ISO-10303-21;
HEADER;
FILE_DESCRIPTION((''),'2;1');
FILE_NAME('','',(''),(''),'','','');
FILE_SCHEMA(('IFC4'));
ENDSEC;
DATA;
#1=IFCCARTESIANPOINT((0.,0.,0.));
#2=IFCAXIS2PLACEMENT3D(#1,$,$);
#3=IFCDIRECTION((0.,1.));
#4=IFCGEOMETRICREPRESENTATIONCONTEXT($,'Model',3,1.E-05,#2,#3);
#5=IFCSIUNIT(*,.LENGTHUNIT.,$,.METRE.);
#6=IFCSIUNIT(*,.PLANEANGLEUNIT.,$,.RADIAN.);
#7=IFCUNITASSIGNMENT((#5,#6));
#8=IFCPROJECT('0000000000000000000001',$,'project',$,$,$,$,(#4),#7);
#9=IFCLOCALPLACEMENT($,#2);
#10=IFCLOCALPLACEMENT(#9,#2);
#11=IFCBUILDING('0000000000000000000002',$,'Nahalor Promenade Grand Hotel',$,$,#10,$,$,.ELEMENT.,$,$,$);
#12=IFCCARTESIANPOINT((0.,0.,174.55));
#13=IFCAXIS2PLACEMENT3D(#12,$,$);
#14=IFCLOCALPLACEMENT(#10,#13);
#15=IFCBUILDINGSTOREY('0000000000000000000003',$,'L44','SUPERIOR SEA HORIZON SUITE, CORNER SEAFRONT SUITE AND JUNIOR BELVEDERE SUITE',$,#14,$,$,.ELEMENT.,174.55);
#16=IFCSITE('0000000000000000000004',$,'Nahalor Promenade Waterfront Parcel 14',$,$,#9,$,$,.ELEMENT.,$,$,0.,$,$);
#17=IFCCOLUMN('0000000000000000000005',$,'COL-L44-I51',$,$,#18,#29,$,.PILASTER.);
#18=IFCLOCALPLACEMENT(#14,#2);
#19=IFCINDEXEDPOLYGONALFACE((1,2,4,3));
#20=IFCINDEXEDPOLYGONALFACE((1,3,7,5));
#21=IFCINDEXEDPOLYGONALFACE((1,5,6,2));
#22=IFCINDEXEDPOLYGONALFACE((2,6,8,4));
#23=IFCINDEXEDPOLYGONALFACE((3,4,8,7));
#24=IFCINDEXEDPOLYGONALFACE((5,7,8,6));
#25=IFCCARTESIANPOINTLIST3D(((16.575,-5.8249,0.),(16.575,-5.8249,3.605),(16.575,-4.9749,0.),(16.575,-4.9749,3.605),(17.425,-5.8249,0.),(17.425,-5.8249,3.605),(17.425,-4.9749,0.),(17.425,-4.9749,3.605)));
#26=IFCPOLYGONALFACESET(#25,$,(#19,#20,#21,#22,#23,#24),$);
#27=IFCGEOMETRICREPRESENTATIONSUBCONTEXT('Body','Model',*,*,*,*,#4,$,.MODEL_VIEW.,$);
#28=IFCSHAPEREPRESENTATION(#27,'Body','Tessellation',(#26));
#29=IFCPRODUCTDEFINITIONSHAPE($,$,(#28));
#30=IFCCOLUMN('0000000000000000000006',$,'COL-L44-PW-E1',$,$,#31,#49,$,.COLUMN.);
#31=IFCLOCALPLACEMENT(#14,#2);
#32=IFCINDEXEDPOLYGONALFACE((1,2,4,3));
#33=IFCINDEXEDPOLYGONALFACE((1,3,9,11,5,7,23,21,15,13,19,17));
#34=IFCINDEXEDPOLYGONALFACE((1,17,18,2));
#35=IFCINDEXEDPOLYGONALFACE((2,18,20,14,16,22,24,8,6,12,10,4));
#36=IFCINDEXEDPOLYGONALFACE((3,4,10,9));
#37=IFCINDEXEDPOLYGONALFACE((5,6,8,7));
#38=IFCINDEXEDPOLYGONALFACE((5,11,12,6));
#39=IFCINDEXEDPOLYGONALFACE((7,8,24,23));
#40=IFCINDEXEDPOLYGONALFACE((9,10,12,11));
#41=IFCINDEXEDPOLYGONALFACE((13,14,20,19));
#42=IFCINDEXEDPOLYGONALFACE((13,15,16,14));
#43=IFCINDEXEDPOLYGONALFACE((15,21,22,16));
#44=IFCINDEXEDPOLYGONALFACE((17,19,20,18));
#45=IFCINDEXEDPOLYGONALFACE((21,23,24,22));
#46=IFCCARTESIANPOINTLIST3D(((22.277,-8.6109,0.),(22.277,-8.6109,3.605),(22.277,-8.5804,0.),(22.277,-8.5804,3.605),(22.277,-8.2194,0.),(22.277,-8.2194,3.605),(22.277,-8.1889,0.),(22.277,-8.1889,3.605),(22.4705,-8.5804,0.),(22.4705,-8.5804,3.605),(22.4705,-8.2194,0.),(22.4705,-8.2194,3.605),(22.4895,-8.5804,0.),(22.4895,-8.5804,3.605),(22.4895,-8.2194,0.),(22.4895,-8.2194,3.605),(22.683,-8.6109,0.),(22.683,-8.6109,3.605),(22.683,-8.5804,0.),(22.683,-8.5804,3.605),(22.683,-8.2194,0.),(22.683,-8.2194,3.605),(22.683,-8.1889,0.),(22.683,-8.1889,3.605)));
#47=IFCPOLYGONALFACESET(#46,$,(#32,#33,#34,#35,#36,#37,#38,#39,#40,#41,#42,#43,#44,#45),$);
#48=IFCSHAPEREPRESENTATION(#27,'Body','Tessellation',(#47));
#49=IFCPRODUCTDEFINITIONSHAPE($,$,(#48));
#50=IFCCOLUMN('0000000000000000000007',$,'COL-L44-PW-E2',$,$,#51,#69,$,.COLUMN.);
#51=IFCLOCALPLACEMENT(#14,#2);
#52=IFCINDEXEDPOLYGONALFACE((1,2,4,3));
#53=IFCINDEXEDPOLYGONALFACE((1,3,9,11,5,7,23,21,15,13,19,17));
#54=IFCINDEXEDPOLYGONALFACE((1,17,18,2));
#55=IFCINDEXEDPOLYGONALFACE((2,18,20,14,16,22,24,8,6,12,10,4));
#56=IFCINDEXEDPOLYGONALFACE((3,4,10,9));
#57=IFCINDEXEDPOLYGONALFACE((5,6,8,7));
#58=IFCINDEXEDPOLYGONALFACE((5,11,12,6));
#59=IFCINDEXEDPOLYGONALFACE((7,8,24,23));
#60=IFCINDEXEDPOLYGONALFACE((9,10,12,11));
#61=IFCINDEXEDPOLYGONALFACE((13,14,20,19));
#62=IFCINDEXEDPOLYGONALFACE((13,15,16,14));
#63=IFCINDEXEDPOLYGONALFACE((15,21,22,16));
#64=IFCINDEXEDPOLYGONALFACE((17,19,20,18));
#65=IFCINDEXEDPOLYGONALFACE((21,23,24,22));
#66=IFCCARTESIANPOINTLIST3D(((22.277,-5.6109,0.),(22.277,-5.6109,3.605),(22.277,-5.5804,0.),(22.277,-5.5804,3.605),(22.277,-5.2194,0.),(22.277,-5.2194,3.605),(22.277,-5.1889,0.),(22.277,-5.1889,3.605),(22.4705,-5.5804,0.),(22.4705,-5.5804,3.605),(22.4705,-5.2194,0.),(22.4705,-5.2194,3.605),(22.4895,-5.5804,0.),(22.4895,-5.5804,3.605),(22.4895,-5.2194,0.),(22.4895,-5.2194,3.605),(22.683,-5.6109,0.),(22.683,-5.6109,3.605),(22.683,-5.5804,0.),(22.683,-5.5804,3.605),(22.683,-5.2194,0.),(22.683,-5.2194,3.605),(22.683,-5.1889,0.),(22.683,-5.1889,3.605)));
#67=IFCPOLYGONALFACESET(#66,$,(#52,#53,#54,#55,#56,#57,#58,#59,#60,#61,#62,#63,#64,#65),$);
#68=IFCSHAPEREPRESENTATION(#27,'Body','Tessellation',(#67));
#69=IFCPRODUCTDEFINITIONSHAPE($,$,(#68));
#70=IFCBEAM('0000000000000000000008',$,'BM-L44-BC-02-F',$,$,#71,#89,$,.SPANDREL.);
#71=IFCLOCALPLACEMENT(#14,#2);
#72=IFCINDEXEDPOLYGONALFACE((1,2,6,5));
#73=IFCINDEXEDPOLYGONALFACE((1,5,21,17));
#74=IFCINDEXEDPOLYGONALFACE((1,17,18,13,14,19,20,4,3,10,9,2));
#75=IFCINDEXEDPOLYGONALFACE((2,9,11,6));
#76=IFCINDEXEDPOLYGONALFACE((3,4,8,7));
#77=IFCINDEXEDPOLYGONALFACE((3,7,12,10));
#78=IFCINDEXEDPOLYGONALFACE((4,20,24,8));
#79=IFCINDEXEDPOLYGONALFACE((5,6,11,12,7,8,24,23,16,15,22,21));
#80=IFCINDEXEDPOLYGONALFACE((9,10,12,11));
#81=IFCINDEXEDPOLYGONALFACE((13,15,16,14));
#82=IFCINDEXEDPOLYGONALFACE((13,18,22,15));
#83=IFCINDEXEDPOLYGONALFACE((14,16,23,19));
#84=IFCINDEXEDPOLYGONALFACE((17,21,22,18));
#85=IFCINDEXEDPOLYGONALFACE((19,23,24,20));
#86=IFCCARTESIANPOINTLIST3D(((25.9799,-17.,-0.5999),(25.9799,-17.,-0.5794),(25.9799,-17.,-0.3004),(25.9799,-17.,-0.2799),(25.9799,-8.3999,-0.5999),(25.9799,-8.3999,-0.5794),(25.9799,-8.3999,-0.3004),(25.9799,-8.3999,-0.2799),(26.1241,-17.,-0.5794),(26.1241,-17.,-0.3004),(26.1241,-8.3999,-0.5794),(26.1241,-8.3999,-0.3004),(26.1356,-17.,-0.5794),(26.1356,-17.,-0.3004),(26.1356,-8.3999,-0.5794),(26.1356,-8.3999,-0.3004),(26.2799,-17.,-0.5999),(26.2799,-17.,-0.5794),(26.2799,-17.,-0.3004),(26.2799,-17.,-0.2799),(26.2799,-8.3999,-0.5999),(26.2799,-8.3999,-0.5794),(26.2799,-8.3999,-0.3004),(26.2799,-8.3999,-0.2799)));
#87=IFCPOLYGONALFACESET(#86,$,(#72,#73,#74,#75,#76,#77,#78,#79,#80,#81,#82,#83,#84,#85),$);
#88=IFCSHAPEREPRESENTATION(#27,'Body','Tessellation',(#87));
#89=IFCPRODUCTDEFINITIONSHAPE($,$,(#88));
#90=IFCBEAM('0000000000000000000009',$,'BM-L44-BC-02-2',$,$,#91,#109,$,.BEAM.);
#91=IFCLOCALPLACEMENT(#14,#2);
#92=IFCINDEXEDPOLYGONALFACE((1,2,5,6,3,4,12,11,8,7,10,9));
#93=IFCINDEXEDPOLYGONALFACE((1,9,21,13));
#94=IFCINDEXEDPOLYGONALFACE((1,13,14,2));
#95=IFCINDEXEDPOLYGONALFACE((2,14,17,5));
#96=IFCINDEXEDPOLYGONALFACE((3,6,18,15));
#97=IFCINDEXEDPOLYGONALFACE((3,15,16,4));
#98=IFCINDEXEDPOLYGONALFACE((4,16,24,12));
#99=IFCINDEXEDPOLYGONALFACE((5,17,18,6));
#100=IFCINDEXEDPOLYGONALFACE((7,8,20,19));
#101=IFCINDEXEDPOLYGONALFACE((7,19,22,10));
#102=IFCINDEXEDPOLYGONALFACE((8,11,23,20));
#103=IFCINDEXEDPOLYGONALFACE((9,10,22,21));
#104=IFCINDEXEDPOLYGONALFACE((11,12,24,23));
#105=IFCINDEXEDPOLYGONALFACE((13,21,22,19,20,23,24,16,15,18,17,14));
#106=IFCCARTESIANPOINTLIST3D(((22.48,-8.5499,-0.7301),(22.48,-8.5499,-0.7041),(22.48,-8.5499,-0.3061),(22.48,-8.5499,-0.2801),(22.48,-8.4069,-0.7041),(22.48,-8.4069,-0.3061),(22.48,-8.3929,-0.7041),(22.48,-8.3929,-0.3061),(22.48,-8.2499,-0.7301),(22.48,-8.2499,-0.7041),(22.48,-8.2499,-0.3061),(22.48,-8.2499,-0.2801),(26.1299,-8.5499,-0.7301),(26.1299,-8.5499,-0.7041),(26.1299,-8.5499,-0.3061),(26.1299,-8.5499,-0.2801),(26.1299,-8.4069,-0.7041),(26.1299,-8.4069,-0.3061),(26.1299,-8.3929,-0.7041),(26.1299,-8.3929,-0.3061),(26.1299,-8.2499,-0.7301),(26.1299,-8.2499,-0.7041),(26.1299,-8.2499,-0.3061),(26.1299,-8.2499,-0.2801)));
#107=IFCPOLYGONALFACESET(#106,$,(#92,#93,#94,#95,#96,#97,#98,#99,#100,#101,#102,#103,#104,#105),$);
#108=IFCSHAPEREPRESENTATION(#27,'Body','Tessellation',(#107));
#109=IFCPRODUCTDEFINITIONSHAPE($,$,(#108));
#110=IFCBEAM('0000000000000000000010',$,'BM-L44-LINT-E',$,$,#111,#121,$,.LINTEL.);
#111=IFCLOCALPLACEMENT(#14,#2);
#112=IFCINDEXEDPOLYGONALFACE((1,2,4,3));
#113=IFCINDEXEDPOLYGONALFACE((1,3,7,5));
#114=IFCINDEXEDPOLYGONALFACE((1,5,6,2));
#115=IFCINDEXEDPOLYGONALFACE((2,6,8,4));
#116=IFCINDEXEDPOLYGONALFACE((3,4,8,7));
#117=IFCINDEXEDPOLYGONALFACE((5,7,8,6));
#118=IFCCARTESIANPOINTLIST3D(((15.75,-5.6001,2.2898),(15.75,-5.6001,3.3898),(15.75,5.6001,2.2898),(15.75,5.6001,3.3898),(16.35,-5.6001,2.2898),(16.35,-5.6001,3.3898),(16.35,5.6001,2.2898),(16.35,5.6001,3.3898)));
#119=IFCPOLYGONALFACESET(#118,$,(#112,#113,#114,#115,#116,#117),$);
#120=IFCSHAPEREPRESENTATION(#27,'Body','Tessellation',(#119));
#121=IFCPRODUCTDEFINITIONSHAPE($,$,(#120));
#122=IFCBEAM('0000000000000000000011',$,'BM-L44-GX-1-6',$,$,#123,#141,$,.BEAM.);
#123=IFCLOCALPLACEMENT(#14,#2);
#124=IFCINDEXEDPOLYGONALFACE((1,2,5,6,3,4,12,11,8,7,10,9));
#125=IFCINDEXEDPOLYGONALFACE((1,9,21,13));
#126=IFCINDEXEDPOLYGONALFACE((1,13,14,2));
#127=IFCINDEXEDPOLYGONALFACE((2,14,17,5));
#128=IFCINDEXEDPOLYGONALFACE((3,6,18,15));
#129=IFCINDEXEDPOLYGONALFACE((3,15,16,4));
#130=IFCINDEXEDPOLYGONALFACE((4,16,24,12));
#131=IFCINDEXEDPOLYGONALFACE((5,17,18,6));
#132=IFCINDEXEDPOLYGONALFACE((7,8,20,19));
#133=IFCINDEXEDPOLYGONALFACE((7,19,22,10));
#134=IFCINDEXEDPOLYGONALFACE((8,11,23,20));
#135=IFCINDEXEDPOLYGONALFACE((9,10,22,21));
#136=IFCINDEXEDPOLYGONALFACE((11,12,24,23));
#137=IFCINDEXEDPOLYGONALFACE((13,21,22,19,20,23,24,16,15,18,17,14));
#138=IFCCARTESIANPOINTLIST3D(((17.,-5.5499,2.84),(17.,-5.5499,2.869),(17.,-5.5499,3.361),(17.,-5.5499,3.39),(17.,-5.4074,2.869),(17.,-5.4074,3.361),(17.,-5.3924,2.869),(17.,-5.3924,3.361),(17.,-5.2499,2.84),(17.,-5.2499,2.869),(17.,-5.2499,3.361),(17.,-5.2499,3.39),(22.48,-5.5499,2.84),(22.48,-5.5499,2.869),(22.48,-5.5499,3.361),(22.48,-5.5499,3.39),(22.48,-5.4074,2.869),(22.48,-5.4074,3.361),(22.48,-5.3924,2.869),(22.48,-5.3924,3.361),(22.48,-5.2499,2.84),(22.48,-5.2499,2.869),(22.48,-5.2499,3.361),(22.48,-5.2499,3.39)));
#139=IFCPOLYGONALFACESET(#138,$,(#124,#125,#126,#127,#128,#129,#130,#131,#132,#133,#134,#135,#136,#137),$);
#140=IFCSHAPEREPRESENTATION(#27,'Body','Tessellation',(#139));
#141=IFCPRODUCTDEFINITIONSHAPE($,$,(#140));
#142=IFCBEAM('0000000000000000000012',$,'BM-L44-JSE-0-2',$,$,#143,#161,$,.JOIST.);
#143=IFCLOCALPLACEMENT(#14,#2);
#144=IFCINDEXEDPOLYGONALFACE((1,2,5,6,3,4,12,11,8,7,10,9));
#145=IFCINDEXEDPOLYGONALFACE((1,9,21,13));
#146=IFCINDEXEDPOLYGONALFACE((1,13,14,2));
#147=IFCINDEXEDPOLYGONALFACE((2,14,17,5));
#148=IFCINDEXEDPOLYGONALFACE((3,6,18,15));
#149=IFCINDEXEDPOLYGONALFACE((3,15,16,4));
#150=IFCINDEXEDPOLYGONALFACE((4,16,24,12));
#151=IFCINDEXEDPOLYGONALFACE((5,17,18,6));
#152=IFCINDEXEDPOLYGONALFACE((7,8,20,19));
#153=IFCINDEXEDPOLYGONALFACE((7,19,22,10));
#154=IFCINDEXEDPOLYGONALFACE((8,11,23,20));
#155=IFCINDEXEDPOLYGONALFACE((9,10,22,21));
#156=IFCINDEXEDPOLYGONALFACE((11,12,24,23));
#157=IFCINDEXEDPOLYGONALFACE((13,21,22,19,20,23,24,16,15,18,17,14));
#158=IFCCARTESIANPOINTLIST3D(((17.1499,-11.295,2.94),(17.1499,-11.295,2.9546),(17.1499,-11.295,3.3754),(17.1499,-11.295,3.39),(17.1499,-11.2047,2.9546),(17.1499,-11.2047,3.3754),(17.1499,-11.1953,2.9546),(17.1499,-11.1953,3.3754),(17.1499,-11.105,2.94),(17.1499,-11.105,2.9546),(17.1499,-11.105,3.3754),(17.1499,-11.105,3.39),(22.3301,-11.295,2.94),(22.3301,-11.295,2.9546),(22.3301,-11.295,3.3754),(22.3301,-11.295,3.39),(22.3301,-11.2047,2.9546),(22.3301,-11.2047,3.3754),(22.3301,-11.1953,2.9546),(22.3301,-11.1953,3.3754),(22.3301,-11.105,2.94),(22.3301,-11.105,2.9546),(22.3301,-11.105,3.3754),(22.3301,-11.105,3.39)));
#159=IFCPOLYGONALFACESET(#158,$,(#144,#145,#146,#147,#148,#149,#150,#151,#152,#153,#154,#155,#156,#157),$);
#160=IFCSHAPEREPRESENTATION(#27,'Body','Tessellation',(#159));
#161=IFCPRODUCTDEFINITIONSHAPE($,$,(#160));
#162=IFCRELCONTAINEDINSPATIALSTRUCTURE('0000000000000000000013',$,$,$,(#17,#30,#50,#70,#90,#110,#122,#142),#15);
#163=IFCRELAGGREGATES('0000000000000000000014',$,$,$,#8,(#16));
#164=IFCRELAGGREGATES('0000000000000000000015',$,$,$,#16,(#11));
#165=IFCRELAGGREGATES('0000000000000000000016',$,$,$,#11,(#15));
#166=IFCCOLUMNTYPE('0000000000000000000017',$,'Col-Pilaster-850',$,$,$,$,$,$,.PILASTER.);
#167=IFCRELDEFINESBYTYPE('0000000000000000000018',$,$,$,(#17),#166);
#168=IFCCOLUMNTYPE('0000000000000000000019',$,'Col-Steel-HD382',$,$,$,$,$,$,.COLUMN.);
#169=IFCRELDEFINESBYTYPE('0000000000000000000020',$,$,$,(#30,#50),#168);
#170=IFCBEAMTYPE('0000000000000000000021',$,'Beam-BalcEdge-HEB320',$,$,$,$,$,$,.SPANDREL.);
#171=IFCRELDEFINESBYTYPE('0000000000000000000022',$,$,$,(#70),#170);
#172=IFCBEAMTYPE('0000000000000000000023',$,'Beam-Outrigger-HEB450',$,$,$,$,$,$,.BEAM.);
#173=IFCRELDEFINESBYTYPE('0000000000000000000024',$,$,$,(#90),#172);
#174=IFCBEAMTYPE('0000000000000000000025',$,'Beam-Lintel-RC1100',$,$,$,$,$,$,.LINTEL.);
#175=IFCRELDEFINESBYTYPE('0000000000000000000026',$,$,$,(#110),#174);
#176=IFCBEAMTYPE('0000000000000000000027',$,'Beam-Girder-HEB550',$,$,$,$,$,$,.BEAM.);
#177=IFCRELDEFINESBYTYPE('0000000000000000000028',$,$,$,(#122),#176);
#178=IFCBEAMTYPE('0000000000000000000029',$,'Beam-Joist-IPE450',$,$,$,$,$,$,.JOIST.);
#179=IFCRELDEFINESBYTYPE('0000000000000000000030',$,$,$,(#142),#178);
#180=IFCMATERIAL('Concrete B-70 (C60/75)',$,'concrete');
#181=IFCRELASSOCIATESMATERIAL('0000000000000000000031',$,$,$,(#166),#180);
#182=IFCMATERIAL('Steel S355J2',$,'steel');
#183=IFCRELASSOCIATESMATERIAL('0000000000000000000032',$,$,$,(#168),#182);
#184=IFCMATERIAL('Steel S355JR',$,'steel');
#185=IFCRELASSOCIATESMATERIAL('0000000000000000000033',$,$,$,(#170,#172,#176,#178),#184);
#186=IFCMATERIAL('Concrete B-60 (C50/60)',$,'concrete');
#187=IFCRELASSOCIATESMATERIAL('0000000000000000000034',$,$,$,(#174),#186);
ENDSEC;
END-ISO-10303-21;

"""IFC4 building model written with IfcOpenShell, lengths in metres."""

from ifc_helpers import new_model, si_unit, direction, frame, origin, origin_2d, place, context, subcontext, project, spatial, rectangle, i_section, extrude, source, transform, mapped, material, material_profile, profile_set, type_object, element, save


model = new_model("IFC4")

# Units and contexts
model_context = context("Model", 3, precision=1e-05, world=origin(), true_north=direction((0.0, 1.0)))
body_context = subcontext(model_context, "Body", "Model", "MODEL_VIEW")
ifc_project = project(units=[si_unit("LENGTHUNIT", "METRE"), si_unit("PLANEANGLEUNIT", "RADIAN")], contexts=[model_context])

# Site, building, storey
site_placement = place(None, origin())
site = spatial("IfcSite", under=ifc_project, at=site_placement, Name="Nahalor Promenade Waterfront Parcel 14", CompositionType="ELEMENT", RefElevation=0.0)
building_placement = place(site_placement, origin())
building = spatial("IfcBuilding", under=site, at=building_placement, Name="Nahalor Promenade Grand Hotel", CompositionType="ELEMENT")
storey_placement = place(building_placement, frame((0.0, 0.0, 174.55)))
storey = spatial("IfcBuildingStorey", under=building, at=storey_placement, Name="L44", Description="SUPERIOR SEA HORIZON SUITE, CORNER SEAFRONT SUITE AND JUNIOR BELVEDERE SUITE", CompositionType="ELEMENT", Elevation=174.55)

# Columns
ifc_material_1 = material(Name="Concrete B-70 (C60/75)", Category="concrete")
ifc_material_profile_1 = material_profile(ifc_material_1, rectangle(XDim=0.85, YDim=0.85, at=origin_2d()), Name="RC 850x850")
ifc_profile_set_1 = profile_set([ifc_material_profile_1], Name="Concrete B-70 (C60/75)")
column_type_1 = type_object("IfcColumnType", Name="Col-Pilaster-850", PredefinedType="PILASTER", material=ifc_profile_set_1)
shared_shape_1 = source(origin(), body_context, "Body", "SweptSolid", [
    extrude(rectangle(XDim=0.85, YDim=0.85, at=origin_2d()), origin(), (0.0, 0.0, 1.0), 3.605),
])
column_placement = place(storey_placement, frame((17.0, -5.3999, 0.0), z_axis=(0.0, 0.0, 1.0), x_axis=(1.0, 0.0, 0.0)))
element("IfcColumn", 1, at=column_placement, inside=storey, type_object=column_type_1, Name="COL-L44-I51", PredefinedType="PILASTER", context=body_context, shape_type="MappedRepresentation", body=[
    mapped(shared_shape_1, transform((0.0, 0.0, 0.0), scale=1.0)),
])
ifc_material_2 = material(Name="Steel S355J2", Category="steel")
ifc_material_profile_2 = material_profile(ifc_material_2, i_section(OverallWidth=0.406, OverallDepth=0.422, WebThickness=0.019, FlangeThickness=0.0305, at=origin_2d()), Name="HD 400x382")
ifc_profile_set_2 = profile_set([ifc_material_profile_2], Name="Steel S355J2")
column_type_2 = type_object("IfcColumnType", Name="Col-Steel-HD382", PredefinedType="COLUMN", material=ifc_profile_set_2)
shared_shape_2 = source(origin(), body_context, "Body", "SweptSolid", [
    extrude(i_section(OverallWidth=0.406, OverallDepth=0.422, WebThickness=0.019, FlangeThickness=0.0305, at=origin_2d()), origin(), (0.0, 0.0, 1.0), 3.605),
])
for number, where, z_axis, x_axis, name in (
    (2, (22.48, -8.3999, 0.0), (0.0, 0.0, 1.0), (1.0, 0.0, 0.0), "COL-L44-PW-E1"),
    (3, (22.48, -5.3999, 0.0), (0.0, 0.0, 1.0), (1.0, 0.0, 0.0), "COL-L44-PW-E2"),
):
    element("IfcColumn", number, at=place(storey_placement, frame(where, z_axis=z_axis, x_axis=x_axis)), inside=storey, type_object=column_type_2, Name=name, PredefinedType="COLUMN", context=body_context, shape_type="MappedRepresentation", body=[
        mapped(shared_shape_2, transform((0.0, 0.0, 0.0), scale=1.0)),
    ])

# Beams
ifc_material_3 = material(Name="Steel S355JR", Category="steel")
ifc_material_profile_3 = material_profile(ifc_material_3, i_section(OverallWidth=0.3, OverallDepth=0.32, WebThickness=0.0115, FlangeThickness=0.0205, at=origin_2d()), Name="HEB 320")
ifc_profile_set_3 = profile_set([ifc_material_profile_3], Name="Steel S355JR")
beam_type_1 = type_object("IfcBeamType", Name="Beam-BalcEdge-HEB320", PredefinedType="SPANDREL", material=ifc_profile_set_3)
shared_shape_3 = source(origin(), body_context, "Body", "SweptSolid", [
    extrude(i_section(OverallWidth=0.3, OverallDepth=0.32, WebThickness=0.0115, FlangeThickness=0.0205, at=origin_2d()), origin(), (0.0, 0.0, 1.0), 8.6001),
])
beam_1_placement = place(storey_placement, frame((26.1299, -17.0, -0.4399), z_axis=(0.0, 1.0, 0.0), x_axis=(-1.0, 0.0, 0.0)))
element("IfcBeam", 4, at=beam_1_placement, inside=storey, type_object=beam_type_1, Name="BM-L44-BC-02-F", PredefinedType="SPANDREL", context=body_context, shape_type="MappedRepresentation", body=[
    mapped(shared_shape_3, transform((0.0, 0.0, 0.0), scale=1.0)),
])
ifc_material_profile_4 = material_profile(ifc_material_3, i_section(OverallWidth=0.3, OverallDepth=0.45, WebThickness=0.014, FlangeThickness=0.026, at=origin_2d()), Name="HEB 450")
ifc_profile_set_4 = profile_set([ifc_material_profile_4], Name="Steel S355JR")
beam_type_2 = type_object("IfcBeamType", Name="Beam-Outrigger-HEB450", PredefinedType="BEAM", material=ifc_profile_set_4)
shared_shape_4 = source(origin(), body_context, "Body", "SweptSolid", [
    extrude(i_section(OverallWidth=0.3, OverallDepth=0.45, WebThickness=0.014, FlangeThickness=0.026, at=origin_2d()), origin(), (0.0, 0.0, 1.0), 3.6499),
])
beam_2_placement = place(storey_placement, frame((22.48, -8.3999, -0.5051), z_axis=(1.0, 0.0, 0.0), x_axis=(0.0, 1.0, 0.0)))
element("IfcBeam", 5, at=beam_2_placement, inside=storey, type_object=beam_type_2, Name="BM-L44-BC-02-2", PredefinedType="BEAM", context=body_context, shape_type="MappedRepresentation", body=[
    mapped(shared_shape_4, transform((0.0, 0.0, 0.0), scale=1.0)),
])
ifc_material_4 = material(Name="Concrete B-60 (C50/60)", Category="concrete")
ifc_material_profile_5 = material_profile(ifc_material_4, rectangle(XDim=0.6, YDim=1.1, at=origin_2d()), Name="RC 600x1100")
ifc_profile_set_5 = profile_set([ifc_material_profile_5], Name="Concrete B-60 (C50/60)")
beam_type_3 = type_object("IfcBeamType", Name="Beam-Lintel-RC1100", PredefinedType="LINTEL", material=ifc_profile_set_5)
shared_shape_5 = source(origin(), body_context, "Body", "SweptSolid", [
    extrude(rectangle(XDim=0.6, YDim=1.1, at=origin_2d()), origin(), (0.0, 0.0, 1.0), 11.2002),
])
beam_3_placement = place(storey_placement, frame((16.05, -5.6001, 2.8398), z_axis=(0.0, 1.0, 0.0), x_axis=(-1.0, 0.0, 0.0)))
element("IfcBeam", 6, at=beam_3_placement, inside=storey, type_object=beam_type_3, Name="BM-L44-LINT-E", PredefinedType="LINTEL", context=body_context, shape_type="MappedRepresentation", body=[
    mapped(shared_shape_5, transform((0.0, 0.0, 0.0), scale=1.0)),
])
ifc_material_profile_6 = material_profile(ifc_material_3, i_section(OverallWidth=0.3, OverallDepth=0.55, WebThickness=0.015, FlangeThickness=0.029, at=origin_2d()), Name="HEB 550")
ifc_profile_set_6 = profile_set([ifc_material_profile_6], Name="Steel S355JR")
beam_type_4 = type_object("IfcBeamType", Name="Beam-Girder-HEB550", PredefinedType="BEAM", material=ifc_profile_set_6)
shared_shape_6 = source(origin(), body_context, "Body", "SweptSolid", [
    extrude(i_section(OverallWidth=0.3, OverallDepth=0.55, WebThickness=0.015, FlangeThickness=0.029, at=origin_2d()), origin(), (0.0, 0.0, 1.0), 5.48),
])
beam_4_placement = place(storey_placement, frame((17.0, -5.3999, 3.115), z_axis=(1.0, 0.0, 0.0), x_axis=(0.0, 1.0, 0.0)))
element("IfcBeam", 7, at=beam_4_placement, inside=storey, type_object=beam_type_4, Name="BM-L44-GX-1-6", PredefinedType="BEAM", context=body_context, shape_type="MappedRepresentation", body=[
    mapped(shared_shape_6, transform((0.0, 0.0, 0.0), scale=1.0)),
])
ifc_material_profile_7 = material_profile(ifc_material_3, i_section(OverallWidth=0.19, OverallDepth=0.45, WebThickness=0.0094, FlangeThickness=0.0146, at=origin_2d()), Name="IPE 450")
ifc_profile_set_7 = profile_set([ifc_material_profile_7], Name="Steel S355JR")
beam_type_5 = type_object("IfcBeamType", Name="Beam-Joist-IPE450", PredefinedType="JOIST", material=ifc_profile_set_7)
shared_shape_7 = source(origin(), body_context, "Body", "SweptSolid", [
    extrude(i_section(OverallWidth=0.19, OverallDepth=0.45, WebThickness=0.0094, FlangeThickness=0.0146, at=origin_2d()), origin(), (0.0, 0.0, 1.0), 5.1802),
])
beam_5_placement = place(storey_placement, frame((17.1499, -11.2, 3.165), z_axis=(1.0, 0.0, 0.0), x_axis=(0.0, 1.0, 0.0)))
element("IfcBeam", 8, at=beam_5_placement, inside=storey, type_object=beam_type_5, Name="BM-L44-JSE-0-2", PredefinedType="JOIST", context=body_context, shape_type="MappedRepresentation", body=[
    mapped(shared_shape_7, transform((0.0, 0.0, 0.0), scale=1.0)),
])

save(model, "model.ifc")
